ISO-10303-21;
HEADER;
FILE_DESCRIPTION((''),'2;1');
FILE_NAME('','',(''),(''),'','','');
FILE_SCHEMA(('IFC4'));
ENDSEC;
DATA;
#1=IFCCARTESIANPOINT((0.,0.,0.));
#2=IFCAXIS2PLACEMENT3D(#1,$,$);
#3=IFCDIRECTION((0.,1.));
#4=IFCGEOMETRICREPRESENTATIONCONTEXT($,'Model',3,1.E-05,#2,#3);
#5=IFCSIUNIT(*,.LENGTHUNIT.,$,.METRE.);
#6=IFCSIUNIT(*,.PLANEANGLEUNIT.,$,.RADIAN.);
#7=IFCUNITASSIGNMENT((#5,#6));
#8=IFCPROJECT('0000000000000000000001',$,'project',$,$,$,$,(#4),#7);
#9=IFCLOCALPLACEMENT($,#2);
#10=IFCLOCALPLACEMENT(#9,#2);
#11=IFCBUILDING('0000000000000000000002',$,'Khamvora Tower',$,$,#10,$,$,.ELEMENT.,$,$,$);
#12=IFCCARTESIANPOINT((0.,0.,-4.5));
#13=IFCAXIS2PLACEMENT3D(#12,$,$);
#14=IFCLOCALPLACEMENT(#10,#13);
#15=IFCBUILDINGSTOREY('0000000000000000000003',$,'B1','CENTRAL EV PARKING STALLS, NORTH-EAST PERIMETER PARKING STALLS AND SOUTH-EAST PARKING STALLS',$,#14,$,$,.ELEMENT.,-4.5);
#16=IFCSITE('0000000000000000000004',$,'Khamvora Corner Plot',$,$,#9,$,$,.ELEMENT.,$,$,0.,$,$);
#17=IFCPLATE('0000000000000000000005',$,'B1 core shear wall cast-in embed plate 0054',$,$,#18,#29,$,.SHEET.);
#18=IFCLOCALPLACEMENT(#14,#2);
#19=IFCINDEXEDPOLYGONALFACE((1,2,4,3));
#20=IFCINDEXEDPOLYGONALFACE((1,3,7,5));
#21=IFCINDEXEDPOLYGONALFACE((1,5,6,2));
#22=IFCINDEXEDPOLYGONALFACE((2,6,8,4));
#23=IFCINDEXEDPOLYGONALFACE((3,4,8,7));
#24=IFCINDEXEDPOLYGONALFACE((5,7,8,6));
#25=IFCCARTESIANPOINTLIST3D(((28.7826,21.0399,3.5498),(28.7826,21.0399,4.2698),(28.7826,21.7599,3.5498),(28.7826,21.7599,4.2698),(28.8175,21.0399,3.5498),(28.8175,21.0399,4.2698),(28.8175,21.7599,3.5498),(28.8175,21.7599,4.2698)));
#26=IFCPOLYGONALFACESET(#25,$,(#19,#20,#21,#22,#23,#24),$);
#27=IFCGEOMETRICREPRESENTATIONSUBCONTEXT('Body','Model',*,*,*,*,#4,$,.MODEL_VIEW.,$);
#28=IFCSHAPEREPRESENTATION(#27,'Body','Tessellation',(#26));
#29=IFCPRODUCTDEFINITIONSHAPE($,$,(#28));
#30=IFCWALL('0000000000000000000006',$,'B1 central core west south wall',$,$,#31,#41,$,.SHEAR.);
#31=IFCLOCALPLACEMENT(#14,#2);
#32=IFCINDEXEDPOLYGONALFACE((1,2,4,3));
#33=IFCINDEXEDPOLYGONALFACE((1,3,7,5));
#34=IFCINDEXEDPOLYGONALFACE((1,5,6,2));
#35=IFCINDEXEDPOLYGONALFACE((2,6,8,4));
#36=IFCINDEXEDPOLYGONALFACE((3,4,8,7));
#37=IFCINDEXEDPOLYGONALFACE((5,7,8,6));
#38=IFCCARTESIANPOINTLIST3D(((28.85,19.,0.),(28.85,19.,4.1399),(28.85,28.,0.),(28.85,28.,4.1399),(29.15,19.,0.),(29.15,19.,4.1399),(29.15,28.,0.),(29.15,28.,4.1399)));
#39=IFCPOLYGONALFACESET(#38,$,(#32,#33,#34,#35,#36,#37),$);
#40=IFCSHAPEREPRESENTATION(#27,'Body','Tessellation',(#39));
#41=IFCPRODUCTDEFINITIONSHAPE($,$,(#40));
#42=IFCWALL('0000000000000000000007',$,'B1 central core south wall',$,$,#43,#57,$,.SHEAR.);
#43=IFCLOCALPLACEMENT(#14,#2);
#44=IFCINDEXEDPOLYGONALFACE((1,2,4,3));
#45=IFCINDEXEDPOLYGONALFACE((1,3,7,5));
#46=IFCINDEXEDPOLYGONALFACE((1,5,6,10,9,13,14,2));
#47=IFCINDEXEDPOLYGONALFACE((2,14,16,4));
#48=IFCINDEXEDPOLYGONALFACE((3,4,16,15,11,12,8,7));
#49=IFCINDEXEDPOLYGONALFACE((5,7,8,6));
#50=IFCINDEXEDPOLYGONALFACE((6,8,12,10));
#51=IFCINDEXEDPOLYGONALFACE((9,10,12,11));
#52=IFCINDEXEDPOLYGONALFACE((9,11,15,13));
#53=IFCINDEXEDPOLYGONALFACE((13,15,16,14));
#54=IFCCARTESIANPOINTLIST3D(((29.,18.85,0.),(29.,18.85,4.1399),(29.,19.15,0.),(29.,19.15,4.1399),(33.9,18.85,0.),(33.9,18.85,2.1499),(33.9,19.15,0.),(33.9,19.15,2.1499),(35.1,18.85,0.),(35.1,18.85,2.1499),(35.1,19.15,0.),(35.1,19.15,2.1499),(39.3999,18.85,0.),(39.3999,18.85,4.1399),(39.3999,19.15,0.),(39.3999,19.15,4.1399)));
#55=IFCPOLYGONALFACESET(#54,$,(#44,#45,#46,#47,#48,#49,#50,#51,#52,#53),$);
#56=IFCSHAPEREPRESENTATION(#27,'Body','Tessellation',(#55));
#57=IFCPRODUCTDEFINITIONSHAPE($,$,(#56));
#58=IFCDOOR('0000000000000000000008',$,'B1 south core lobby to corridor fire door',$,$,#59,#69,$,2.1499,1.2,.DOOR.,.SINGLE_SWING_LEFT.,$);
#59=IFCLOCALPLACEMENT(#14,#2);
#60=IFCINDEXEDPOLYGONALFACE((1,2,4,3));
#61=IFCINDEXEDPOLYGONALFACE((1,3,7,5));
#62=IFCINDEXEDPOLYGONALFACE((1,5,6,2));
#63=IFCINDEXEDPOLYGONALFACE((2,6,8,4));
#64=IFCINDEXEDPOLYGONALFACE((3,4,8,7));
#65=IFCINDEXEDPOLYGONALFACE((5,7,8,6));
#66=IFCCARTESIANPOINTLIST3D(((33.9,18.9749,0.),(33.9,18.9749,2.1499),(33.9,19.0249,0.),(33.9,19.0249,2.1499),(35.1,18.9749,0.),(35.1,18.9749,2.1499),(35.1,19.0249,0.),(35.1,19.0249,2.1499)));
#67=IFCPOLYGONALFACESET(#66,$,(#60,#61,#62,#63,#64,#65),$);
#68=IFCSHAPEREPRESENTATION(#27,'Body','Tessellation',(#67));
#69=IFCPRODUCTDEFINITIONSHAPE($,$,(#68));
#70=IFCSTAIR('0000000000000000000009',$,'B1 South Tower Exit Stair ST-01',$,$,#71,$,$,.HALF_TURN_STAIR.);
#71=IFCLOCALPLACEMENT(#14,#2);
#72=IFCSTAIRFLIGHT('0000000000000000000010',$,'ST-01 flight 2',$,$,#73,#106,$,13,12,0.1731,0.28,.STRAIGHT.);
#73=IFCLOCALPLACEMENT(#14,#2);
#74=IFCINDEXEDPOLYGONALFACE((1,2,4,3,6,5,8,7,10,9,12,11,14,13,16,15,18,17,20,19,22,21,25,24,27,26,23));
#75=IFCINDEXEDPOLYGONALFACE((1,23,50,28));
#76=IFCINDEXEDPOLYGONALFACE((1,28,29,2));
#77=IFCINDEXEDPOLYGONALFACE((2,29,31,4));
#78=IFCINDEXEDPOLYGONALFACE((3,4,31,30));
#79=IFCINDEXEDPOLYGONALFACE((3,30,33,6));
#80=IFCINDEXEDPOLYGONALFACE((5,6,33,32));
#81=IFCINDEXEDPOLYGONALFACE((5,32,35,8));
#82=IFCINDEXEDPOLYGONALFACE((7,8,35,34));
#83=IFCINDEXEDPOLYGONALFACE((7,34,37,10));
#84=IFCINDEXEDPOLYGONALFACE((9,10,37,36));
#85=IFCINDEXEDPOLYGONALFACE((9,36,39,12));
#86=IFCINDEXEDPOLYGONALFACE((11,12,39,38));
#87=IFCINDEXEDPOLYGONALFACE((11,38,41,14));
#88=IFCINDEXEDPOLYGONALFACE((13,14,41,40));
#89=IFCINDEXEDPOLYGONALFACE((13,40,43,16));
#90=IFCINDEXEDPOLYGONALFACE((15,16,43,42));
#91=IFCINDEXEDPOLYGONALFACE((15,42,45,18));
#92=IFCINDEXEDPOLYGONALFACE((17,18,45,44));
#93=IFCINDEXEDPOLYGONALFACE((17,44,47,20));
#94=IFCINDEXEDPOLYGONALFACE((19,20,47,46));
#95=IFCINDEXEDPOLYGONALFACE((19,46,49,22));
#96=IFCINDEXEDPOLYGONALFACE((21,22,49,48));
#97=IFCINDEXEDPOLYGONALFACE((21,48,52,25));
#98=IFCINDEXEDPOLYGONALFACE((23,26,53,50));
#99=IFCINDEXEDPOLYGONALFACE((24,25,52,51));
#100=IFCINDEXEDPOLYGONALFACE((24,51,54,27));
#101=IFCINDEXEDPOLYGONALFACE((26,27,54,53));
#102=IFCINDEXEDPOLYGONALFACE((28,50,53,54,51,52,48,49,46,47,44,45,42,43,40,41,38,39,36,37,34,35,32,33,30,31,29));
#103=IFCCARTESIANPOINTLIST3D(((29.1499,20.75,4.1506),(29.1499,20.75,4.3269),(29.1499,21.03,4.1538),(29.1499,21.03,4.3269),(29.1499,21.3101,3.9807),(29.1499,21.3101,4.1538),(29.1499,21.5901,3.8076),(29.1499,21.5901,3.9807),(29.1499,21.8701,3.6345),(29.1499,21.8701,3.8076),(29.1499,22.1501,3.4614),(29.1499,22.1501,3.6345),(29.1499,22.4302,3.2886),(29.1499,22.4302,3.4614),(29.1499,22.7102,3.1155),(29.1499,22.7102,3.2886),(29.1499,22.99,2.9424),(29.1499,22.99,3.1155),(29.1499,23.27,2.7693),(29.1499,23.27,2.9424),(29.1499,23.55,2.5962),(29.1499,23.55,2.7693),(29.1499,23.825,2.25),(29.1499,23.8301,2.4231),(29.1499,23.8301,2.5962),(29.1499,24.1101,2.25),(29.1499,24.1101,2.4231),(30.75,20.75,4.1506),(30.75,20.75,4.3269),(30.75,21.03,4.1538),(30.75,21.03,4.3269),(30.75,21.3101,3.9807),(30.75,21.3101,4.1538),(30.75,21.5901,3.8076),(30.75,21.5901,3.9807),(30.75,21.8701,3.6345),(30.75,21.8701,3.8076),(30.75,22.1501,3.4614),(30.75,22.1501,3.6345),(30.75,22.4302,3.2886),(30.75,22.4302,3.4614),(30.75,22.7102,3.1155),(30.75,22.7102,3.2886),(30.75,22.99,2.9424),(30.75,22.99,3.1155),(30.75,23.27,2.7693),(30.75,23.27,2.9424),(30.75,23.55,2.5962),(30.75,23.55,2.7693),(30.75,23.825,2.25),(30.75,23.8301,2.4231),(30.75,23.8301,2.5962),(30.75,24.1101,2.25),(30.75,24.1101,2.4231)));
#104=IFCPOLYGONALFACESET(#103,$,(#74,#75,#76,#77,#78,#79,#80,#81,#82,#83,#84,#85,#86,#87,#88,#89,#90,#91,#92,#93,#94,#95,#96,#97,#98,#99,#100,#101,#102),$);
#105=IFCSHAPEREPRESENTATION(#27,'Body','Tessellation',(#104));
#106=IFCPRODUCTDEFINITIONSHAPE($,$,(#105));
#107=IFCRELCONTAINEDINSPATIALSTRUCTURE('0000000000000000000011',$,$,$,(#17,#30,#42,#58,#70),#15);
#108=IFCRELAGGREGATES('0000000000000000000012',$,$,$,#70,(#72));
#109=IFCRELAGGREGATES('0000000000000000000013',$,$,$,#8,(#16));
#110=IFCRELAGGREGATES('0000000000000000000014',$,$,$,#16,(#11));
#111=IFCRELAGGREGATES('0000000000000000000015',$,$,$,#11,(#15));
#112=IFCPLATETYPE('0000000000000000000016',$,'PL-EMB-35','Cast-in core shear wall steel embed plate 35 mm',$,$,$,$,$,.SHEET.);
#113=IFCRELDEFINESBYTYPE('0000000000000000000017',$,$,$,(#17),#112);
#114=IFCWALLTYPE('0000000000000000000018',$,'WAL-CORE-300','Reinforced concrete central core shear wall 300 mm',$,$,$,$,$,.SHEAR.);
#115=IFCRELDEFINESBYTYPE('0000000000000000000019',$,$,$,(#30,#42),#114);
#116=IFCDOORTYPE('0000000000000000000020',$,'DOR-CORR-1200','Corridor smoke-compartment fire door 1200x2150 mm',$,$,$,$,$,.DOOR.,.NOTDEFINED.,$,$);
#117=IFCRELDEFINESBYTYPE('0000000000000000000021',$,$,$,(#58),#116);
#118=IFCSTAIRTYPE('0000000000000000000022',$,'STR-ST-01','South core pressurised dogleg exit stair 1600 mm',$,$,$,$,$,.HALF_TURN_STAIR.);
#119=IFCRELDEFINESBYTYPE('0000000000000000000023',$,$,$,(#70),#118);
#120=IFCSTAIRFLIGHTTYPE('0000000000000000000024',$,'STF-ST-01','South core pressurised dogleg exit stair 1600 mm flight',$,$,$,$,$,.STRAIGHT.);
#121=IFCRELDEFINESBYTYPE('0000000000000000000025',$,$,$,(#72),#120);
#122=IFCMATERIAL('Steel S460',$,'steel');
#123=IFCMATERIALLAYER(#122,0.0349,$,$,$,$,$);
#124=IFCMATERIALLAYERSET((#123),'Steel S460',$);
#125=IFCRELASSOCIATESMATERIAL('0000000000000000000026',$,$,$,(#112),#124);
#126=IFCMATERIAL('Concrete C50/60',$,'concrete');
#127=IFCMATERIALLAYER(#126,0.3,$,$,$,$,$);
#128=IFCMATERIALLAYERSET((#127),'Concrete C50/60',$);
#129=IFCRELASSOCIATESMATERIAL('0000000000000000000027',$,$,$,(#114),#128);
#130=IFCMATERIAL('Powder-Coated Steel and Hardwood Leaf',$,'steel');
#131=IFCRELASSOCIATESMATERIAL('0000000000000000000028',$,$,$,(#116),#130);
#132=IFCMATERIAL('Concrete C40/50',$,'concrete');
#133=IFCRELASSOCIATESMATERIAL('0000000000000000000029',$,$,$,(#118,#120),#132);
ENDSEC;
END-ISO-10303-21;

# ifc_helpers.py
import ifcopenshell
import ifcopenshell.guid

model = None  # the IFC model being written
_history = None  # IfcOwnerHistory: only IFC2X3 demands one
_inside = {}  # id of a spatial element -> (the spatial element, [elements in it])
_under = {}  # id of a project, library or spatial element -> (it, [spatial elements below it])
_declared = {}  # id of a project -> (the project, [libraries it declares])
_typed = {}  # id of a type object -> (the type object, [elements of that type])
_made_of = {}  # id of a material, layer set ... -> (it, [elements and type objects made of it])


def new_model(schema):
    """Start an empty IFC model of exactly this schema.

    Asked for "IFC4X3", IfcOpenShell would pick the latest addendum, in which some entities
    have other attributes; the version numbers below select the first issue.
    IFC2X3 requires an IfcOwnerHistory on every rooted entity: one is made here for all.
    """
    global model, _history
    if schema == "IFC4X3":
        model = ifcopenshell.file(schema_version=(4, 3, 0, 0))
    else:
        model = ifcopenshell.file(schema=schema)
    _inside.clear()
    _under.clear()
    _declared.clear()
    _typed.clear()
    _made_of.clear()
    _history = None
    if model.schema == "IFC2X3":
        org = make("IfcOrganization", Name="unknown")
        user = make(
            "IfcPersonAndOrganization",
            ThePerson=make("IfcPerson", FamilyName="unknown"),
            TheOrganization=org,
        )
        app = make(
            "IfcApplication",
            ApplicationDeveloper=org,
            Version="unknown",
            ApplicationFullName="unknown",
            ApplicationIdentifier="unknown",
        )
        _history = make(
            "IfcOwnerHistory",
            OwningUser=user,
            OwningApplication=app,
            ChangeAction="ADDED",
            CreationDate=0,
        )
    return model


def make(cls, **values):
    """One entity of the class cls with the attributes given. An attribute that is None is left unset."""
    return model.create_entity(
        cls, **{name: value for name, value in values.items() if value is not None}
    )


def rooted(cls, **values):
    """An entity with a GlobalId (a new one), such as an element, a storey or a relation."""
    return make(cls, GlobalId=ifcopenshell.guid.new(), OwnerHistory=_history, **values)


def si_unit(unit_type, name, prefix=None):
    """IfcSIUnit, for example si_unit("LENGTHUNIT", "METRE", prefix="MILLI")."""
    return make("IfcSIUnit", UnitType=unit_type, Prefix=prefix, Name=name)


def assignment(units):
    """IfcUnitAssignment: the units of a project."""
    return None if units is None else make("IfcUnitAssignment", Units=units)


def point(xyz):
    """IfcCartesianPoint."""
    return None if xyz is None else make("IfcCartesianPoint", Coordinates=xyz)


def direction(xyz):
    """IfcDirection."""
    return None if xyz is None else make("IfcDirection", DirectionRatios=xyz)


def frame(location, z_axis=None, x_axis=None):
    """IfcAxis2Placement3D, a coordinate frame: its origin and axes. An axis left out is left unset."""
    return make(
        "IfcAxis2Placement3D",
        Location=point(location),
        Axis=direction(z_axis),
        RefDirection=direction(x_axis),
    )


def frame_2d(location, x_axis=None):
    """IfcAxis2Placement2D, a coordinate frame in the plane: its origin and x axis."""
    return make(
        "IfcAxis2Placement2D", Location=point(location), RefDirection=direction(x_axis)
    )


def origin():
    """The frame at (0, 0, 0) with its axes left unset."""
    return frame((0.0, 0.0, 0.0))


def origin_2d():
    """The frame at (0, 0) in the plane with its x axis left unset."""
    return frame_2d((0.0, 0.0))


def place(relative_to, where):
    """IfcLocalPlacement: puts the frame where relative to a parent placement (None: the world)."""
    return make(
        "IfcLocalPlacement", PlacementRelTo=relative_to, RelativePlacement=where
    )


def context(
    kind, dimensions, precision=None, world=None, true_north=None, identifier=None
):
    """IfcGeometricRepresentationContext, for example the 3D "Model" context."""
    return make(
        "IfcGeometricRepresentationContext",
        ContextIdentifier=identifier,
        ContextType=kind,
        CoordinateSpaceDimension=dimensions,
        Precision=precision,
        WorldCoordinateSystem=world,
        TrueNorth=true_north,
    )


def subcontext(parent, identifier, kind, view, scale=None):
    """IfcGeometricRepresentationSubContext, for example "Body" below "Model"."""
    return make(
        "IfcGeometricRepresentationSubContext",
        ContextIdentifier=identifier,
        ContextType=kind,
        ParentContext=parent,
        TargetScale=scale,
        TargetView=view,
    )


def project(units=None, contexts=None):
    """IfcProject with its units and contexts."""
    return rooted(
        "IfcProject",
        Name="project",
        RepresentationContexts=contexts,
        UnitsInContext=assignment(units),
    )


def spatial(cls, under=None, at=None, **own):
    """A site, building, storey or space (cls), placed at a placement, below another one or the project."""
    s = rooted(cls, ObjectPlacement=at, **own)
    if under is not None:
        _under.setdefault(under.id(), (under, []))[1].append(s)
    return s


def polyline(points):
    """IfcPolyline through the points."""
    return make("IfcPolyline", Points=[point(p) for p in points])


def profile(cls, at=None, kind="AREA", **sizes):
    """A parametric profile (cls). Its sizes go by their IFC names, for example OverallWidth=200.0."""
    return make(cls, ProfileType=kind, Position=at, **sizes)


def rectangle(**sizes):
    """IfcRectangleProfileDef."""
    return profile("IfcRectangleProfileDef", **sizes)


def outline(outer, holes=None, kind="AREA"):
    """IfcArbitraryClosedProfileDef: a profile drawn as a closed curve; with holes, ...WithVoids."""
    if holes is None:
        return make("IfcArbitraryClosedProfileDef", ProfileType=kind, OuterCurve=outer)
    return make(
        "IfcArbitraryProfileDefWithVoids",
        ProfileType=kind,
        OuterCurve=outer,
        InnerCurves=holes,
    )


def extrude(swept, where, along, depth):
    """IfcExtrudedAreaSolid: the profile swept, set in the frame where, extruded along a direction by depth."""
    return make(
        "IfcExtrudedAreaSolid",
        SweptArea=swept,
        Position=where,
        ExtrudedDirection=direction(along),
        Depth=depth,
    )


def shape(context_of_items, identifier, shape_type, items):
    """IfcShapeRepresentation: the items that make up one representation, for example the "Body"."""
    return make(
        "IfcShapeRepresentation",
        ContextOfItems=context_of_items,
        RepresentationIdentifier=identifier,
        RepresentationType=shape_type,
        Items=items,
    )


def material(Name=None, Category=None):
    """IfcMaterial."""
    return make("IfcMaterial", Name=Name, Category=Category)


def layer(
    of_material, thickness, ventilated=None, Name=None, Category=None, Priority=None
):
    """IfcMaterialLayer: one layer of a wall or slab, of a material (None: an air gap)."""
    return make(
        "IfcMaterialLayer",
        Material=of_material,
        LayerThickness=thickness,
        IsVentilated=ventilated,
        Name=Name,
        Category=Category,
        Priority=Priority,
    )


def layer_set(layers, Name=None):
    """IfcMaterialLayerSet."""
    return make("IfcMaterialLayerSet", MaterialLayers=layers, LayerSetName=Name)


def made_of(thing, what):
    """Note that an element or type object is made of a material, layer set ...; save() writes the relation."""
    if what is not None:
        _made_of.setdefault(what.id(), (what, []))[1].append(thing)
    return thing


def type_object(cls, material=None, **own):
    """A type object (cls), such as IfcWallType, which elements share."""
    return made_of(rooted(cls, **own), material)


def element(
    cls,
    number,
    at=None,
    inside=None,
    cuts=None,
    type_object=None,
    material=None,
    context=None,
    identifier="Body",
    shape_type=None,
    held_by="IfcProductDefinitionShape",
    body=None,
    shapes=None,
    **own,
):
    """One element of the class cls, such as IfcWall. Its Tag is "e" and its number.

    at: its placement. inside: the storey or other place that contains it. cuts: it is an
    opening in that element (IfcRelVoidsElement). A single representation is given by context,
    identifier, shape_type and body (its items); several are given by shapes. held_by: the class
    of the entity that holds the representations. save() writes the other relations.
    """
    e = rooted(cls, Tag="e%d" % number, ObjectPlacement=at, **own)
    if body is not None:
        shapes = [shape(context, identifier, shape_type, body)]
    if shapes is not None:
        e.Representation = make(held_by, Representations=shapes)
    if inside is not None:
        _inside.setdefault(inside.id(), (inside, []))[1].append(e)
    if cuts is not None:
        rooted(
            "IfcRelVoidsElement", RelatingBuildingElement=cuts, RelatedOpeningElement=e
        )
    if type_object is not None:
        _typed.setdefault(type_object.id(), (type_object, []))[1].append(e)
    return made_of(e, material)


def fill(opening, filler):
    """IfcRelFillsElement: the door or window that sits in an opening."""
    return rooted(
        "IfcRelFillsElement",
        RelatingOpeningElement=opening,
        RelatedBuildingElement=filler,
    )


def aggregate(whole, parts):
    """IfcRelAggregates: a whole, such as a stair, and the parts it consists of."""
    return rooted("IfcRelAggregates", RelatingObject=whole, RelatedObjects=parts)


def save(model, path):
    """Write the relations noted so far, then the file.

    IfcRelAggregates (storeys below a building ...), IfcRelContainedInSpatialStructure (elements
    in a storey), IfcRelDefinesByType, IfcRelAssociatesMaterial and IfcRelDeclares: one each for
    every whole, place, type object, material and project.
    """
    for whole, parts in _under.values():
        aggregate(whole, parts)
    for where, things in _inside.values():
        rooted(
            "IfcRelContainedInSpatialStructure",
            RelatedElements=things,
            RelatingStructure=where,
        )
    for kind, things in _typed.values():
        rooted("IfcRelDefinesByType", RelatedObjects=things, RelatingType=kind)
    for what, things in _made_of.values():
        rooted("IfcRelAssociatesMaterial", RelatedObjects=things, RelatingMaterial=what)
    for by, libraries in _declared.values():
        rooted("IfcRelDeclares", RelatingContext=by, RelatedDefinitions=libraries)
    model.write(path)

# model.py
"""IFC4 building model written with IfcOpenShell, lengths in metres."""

from ifc_helpers import new_model, si_unit, direction, frame, frame_2d, origin, origin_2d, place, context, subcontext, project, spatial, polyline, rectangle, outline, extrude, material, layer, layer_set, type_object, element, fill, aggregate, save


model = new_model("IFC4")

# Units and contexts
model_context = context("Model", 3, precision=1e-05, world=origin(), true_north=direction((0.0, 1.0)))
body_context = subcontext(model_context, "Body", "Model", "MODEL_VIEW")
ifc_project = project(units=[si_unit("LENGTHUNIT", "METRE"), si_unit("PLANEANGLEUNIT", "RADIAN")], contexts=[model_context])

# Site, building, storey
site_placement = place(None, origin())
site = spatial("IfcSite", under=ifc_project, at=site_placement, Name="Khamvora Corner Plot", CompositionType="ELEMENT", RefElevation=0.0)
building_placement = place(site_placement, origin())
building = spatial("IfcBuilding", under=site, at=building_placement, Name="Khamvora Tower", CompositionType="ELEMENT")
storey_placement = place(building_placement, frame((0.0, 0.0, -4.5)))
storey = spatial("IfcBuildingStorey", under=building, at=storey_placement, Name="B1", Description="CENTRAL EV PARKING STALLS, NORTH-EAST PERIMETER PARKING STALLS AND SOUTH-EAST PARKING STALLS", CompositionType="ELEMENT", Elevation=-4.5)

# Shared definitions
ifc_material_1 = material(Name="Steel S460", Category="steel")

# Plate
ifc_layer_1 = layer(ifc_material_1, 0.0349)
ifc_layer_set_1 = layer_set([ifc_layer_1], Name="Steel S460")
plate_type = type_object("IfcPlateType", Name="PL-EMB-35", Description="Cast-in core shear wall steel embed plate 35 mm", PredefinedType="SHEET", material=ifc_layer_set_1)
for number, where, z_axis, x_axis, name in (
    (1, (28.8, 21.3999, 3.5498), (0.0, 0.0, 1.0), (1.0, 0.0, 0.0), "B1 core shear wall cast-in embed plate 0054"),
):
    element("IfcPlate", number, at=place(storey_placement, frame(where, z_axis=z_axis, x_axis=x_axis)), inside=storey, type_object=plate_type, Name=name, PredefinedType="SHEET", context=body_context, shape_type="SweptSolid", body=[
        extrude(rectangle(XDim=0.0349, YDim=0.72, at=origin_2d()), origin(), (0.0, 0.0, 1.0), 0.72),
    ])

# Wall
ifc_material_2 = material(Name="Concrete C50/60", Category="concrete")
ifc_layer_2 = layer(ifc_material_2, 0.3)
ifc_layer_set_2 = layer_set([ifc_layer_2], Name="Concrete C50/60")
wall_type = type_object("IfcWallType", Name="WAL-CORE-300", Description="Reinforced concrete central core shear wall 300 mm", PredefinedType="SHEAR", material=ifc_layer_set_2)
wall_1_placement = place(storey_placement, frame((29.0, 19.0, 0.0), z_axis=(0.0, 0.0, 1.0), x_axis=(0.0, 1.0, 0.0)))
element("IfcWall", 2, at=wall_1_placement, inside=storey, type_object=wall_type, Name="B1 central core west south wall", PredefinedType="SHEAR", context=body_context, shape_type="SweptSolid", body=[
    extrude(rectangle(XDim=9.0, YDim=0.3, at=frame_2d((4.5, 0.0))), origin(), (0.0, 0.0, 1.0), 4.1399),
])

# Wall, opening, door
wall_2_placement = place(storey_placement, frame((29.0, 19.0, 0.0), z_axis=(0.0, 0.0, 1.0), x_axis=(1.0, 0.0, 0.0)))
wall_2 = element("IfcWall", 3, at=wall_2_placement, inside=storey, type_object=wall_type, Name="B1 central core south wall", PredefinedType="SHEAR", context=body_context, shape_type="SweptSolid", body=[
    extrude(rectangle(XDim=10.3999, YDim=0.3, at=frame_2d((5.2, 0.0))), origin(), (0.0, 0.0, 1.0), 4.1399),
])
opening_placement = place(wall_2_placement, frame((4.8999, 0.0, 0.0)))
opening = element("IfcOpeningElement", 4, at=opening_placement, cuts=wall_2, PredefinedType="OPENING", context=body_context, shape_type="SweptSolid", body=[
    extrude(rectangle(XDim=1.2, YDim=2.1499, at=frame_2d((0.6001, 1.075))), frame((0.0, 0.1599, 0.0), z_axis=(0.0, -1.0, 0.0), x_axis=(1.0, 0.0, 0.0)), (0.0, 0.0, 1.0), 0.3201),
])
ifc_material_3 = material(Name="Powder-Coated Steel and Hardwood Leaf", Category="steel")
door_type = type_object("IfcDoorType", Name="DOR-CORR-1200", Description="Corridor smoke-compartment fire door 1200x2150 mm", OperationType="NOTDEFINED", PredefinedType="DOOR", material=ifc_material_3)
door_placement = place(opening_placement, origin())
door = element("IfcDoor", 5, at=door_placement, inside=storey, type_object=door_type, Name="B1 south core lobby to corridor fire door", OperationType="SINGLE_SWING_LEFT", OverallHeight=2.1499, OverallWidth=1.2, PredefinedType="DOOR", context=body_context, shape_type="SweptSolid", body=[
    extrude(rectangle(XDim=1.2, YDim=2.1499, at=frame_2d((0.6001, 1.075))), frame((0.0, 0.0249, 0.0), z_axis=(0.0, -1.0, 0.0), x_axis=(1.0, 0.0, 0.0)), (0.0, 0.0, 1.0), 0.05),
])
fill(opening, door)

# Stair, stair flight
ifc_material_4 = material(Name="Concrete C40/50", Category="concrete")
stair_type = type_object("IfcStairType", Name="STR-ST-01", Description="South core pressurised dogleg exit stair 1600 mm", PredefinedType="HALF_TURN_STAIR", material=ifc_material_4)
stair_placement = place(storey_placement, origin())
stair = element("IfcStair", 6, at=stair_placement, inside=storey, type_object=stair_type, Name="B1 South Tower Exit Stair ST-01", PredefinedType="HALF_TURN_STAIR")
stair_flight_type = type_object("IfcStairFlightType", Name="STF-ST-01", Description="South core pressurised dogleg exit stair 1600 mm flight", PredefinedType="STRAIGHT", material=ifc_material_4)
stair_flight_placement = place(storey_placement, frame((29.95, 24.1101, 2.25), z_axis=(0.0, 0.0, 1.0), x_axis=(0.0, -1.0, 0.0)))
stair_flight = element("IfcStairFlight", 7, at=stair_flight_placement, type_object=stair_flight_type, Name="ST-01 flight 2", NumberOfRisers=13, NumberOfTreads=12, PredefinedType="STRAIGHT", RiserHeight=0.1731, TreadLength=0.28, context=body_context, shape_type="SweptSolid", body=[
    extrude(outline(polyline([(0.0, 0.0), (0.0, 0.1731), (0.28, 0.1731), (0.28, 0.3462), (0.5601, 0.3462), (0.5601, 0.5193), (0.8401, 0.5193), (0.8401, 0.6924), (1.1201, 0.6924), (1.1201, 0.8655), (1.3999, 0.8655), (1.3999, 1.0386), (1.6799, 1.0386), (1.6799, 1.2114), (1.96, 1.2114), (1.96, 1.3845), (2.24, 1.3845), (2.24, 1.5576), (2.52, 1.5576), (2.52, 1.7307), (2.8, 1.7307), (2.8, 1.9038), (3.0801, 1.9038), (3.0801, 2.0769), (3.3601, 2.0769), (3.3601, 2.25), (3.3601, 1.9006), (0.2852, 0.0), (0.0, 0.0)])), frame((0.0, 0.8, 0.0), z_axis=(0.0, -1.0, 0.0), x_axis=(1.0, 0.0, 0.0)), (0.0, 0.0, 1.0), 1.6001),
])
aggregate(stair, [stair_flight])

save(model, "model.ifc")
